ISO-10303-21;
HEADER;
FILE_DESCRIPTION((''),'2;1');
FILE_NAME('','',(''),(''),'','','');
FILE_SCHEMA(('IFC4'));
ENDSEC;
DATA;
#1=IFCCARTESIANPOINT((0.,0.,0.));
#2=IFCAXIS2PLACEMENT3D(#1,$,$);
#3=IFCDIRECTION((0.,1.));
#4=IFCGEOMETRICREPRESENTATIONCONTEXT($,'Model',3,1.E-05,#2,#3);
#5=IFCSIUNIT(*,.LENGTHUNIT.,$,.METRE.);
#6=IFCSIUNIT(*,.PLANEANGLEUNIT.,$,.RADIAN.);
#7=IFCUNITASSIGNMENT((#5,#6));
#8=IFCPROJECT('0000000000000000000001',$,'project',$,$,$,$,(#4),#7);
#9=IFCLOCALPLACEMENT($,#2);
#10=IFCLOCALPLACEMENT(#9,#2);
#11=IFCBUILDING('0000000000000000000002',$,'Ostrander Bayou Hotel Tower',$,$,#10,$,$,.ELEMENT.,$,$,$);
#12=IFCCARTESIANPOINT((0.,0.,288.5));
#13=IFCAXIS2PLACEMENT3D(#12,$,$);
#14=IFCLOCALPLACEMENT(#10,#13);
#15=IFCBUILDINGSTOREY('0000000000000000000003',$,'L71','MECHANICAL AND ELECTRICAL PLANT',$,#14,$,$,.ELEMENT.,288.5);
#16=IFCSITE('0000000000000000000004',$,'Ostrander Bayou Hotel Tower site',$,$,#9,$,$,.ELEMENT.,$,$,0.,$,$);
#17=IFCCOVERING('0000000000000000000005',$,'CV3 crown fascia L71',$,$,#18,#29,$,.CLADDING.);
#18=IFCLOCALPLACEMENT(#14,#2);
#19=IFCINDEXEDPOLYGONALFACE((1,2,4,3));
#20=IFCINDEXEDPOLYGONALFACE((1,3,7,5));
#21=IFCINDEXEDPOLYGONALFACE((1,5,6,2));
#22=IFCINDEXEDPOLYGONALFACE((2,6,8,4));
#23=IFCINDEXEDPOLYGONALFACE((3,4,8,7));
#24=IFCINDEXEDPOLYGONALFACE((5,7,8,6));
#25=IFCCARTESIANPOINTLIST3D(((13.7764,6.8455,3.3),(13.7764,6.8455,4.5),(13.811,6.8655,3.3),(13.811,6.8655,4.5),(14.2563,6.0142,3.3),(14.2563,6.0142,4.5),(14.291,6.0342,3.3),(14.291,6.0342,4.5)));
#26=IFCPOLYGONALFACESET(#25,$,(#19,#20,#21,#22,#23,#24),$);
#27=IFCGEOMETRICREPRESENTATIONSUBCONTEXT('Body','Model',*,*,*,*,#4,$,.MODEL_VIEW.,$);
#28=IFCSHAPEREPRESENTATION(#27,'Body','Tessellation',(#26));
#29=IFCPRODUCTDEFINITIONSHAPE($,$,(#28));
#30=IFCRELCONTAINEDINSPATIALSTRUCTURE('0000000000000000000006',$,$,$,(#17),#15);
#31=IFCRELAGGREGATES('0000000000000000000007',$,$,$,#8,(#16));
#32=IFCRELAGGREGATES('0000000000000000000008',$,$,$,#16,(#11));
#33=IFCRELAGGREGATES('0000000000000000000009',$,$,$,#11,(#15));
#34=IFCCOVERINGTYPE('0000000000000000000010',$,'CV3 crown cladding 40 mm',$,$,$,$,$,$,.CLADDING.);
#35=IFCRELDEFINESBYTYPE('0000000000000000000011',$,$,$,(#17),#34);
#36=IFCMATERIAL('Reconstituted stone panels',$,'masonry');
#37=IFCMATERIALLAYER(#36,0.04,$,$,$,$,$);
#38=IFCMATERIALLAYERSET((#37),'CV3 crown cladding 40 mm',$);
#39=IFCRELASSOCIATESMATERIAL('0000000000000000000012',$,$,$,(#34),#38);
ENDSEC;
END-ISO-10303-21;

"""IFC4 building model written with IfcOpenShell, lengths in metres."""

from ifc_helpers import new_model, si_unit, direction, frame, origin, place, context, subcontext, project, spatial, polyline, outline, extrude, material, layer, layer_set, type_object, element, save


model = new_model("IFC4")

# Units and contexts
model_context = context("Model", 3, precision=1e-05, world=origin(), true_north=direction((0.0, 1.0)))
body_context = subcontext(model_context, "Body", "Model", "MODEL_VIEW")
ifc_project = project(units=[si_unit("LENGTHUNIT", "METRE"), si_unit("PLANEANGLEUNIT", "RADIAN")], contexts=[model_context])

# Site, building, storey
site_placement = place(None, origin())
site = spatial("IfcSite", under=ifc_project, at=site_placement, Name="Ostrander Bayou Hotel Tower site", CompositionType="ELEMENT", RefElevation=0.0)
building_placement = place(site_placement, origin())
building = spatial("IfcBuilding", under=site, at=building_placement, Name="Ostrander Bayou Hotel Tower", CompositionType="ELEMENT")
storey_placement = place(building_placement, frame((0.0, 0.0, 288.5)))
storey = spatial("IfcBuildingStorey", under=building, at=storey_placement, Name="L71", Description="MECHANICAL AND ELECTRICAL PLANT", CompositionType="ELEMENT", Elevation=288.5)

# Covering
ifc_material_1 = material(Name="Reconstituted stone panels", Category="masonry")
ifc_layer_1 = layer(ifc_material_1, 0.04)
ifc_layer_set_1 = layer_set([ifc_layer_1], Name="CV3 crown cladding 40 mm")
covering_type = type_object("IfcCoveringType", Name="CV3 crown cladding 40 mm", PredefinedType="CLADDING", material=ifc_layer_set_1)
covering_1_placement = place(storey_placement, frame((14.291, 6.0342, 3.3), z_axis=(0.866012, 0.500023, 0.0), x_axis=(-0.500023, 0.866012, 0.0)))
element("IfcCovering", 1, at=covering_1_placement, inside=storey, type_object=covering_type, Name="CV3 crown fascia L71", PredefinedType="CLADDING", context=body_context, shape_type="SweptSolid", body=[
    extrude(outline(polyline([(0.0, 0.0), (0.9599, 0.0), (0.9599, 1.2), (0.0, 1.2), (0.0, 0.0)])), origin(), (0.0, 0.0, -1.0), 0.04),
])

save(model, "model.ifc")
